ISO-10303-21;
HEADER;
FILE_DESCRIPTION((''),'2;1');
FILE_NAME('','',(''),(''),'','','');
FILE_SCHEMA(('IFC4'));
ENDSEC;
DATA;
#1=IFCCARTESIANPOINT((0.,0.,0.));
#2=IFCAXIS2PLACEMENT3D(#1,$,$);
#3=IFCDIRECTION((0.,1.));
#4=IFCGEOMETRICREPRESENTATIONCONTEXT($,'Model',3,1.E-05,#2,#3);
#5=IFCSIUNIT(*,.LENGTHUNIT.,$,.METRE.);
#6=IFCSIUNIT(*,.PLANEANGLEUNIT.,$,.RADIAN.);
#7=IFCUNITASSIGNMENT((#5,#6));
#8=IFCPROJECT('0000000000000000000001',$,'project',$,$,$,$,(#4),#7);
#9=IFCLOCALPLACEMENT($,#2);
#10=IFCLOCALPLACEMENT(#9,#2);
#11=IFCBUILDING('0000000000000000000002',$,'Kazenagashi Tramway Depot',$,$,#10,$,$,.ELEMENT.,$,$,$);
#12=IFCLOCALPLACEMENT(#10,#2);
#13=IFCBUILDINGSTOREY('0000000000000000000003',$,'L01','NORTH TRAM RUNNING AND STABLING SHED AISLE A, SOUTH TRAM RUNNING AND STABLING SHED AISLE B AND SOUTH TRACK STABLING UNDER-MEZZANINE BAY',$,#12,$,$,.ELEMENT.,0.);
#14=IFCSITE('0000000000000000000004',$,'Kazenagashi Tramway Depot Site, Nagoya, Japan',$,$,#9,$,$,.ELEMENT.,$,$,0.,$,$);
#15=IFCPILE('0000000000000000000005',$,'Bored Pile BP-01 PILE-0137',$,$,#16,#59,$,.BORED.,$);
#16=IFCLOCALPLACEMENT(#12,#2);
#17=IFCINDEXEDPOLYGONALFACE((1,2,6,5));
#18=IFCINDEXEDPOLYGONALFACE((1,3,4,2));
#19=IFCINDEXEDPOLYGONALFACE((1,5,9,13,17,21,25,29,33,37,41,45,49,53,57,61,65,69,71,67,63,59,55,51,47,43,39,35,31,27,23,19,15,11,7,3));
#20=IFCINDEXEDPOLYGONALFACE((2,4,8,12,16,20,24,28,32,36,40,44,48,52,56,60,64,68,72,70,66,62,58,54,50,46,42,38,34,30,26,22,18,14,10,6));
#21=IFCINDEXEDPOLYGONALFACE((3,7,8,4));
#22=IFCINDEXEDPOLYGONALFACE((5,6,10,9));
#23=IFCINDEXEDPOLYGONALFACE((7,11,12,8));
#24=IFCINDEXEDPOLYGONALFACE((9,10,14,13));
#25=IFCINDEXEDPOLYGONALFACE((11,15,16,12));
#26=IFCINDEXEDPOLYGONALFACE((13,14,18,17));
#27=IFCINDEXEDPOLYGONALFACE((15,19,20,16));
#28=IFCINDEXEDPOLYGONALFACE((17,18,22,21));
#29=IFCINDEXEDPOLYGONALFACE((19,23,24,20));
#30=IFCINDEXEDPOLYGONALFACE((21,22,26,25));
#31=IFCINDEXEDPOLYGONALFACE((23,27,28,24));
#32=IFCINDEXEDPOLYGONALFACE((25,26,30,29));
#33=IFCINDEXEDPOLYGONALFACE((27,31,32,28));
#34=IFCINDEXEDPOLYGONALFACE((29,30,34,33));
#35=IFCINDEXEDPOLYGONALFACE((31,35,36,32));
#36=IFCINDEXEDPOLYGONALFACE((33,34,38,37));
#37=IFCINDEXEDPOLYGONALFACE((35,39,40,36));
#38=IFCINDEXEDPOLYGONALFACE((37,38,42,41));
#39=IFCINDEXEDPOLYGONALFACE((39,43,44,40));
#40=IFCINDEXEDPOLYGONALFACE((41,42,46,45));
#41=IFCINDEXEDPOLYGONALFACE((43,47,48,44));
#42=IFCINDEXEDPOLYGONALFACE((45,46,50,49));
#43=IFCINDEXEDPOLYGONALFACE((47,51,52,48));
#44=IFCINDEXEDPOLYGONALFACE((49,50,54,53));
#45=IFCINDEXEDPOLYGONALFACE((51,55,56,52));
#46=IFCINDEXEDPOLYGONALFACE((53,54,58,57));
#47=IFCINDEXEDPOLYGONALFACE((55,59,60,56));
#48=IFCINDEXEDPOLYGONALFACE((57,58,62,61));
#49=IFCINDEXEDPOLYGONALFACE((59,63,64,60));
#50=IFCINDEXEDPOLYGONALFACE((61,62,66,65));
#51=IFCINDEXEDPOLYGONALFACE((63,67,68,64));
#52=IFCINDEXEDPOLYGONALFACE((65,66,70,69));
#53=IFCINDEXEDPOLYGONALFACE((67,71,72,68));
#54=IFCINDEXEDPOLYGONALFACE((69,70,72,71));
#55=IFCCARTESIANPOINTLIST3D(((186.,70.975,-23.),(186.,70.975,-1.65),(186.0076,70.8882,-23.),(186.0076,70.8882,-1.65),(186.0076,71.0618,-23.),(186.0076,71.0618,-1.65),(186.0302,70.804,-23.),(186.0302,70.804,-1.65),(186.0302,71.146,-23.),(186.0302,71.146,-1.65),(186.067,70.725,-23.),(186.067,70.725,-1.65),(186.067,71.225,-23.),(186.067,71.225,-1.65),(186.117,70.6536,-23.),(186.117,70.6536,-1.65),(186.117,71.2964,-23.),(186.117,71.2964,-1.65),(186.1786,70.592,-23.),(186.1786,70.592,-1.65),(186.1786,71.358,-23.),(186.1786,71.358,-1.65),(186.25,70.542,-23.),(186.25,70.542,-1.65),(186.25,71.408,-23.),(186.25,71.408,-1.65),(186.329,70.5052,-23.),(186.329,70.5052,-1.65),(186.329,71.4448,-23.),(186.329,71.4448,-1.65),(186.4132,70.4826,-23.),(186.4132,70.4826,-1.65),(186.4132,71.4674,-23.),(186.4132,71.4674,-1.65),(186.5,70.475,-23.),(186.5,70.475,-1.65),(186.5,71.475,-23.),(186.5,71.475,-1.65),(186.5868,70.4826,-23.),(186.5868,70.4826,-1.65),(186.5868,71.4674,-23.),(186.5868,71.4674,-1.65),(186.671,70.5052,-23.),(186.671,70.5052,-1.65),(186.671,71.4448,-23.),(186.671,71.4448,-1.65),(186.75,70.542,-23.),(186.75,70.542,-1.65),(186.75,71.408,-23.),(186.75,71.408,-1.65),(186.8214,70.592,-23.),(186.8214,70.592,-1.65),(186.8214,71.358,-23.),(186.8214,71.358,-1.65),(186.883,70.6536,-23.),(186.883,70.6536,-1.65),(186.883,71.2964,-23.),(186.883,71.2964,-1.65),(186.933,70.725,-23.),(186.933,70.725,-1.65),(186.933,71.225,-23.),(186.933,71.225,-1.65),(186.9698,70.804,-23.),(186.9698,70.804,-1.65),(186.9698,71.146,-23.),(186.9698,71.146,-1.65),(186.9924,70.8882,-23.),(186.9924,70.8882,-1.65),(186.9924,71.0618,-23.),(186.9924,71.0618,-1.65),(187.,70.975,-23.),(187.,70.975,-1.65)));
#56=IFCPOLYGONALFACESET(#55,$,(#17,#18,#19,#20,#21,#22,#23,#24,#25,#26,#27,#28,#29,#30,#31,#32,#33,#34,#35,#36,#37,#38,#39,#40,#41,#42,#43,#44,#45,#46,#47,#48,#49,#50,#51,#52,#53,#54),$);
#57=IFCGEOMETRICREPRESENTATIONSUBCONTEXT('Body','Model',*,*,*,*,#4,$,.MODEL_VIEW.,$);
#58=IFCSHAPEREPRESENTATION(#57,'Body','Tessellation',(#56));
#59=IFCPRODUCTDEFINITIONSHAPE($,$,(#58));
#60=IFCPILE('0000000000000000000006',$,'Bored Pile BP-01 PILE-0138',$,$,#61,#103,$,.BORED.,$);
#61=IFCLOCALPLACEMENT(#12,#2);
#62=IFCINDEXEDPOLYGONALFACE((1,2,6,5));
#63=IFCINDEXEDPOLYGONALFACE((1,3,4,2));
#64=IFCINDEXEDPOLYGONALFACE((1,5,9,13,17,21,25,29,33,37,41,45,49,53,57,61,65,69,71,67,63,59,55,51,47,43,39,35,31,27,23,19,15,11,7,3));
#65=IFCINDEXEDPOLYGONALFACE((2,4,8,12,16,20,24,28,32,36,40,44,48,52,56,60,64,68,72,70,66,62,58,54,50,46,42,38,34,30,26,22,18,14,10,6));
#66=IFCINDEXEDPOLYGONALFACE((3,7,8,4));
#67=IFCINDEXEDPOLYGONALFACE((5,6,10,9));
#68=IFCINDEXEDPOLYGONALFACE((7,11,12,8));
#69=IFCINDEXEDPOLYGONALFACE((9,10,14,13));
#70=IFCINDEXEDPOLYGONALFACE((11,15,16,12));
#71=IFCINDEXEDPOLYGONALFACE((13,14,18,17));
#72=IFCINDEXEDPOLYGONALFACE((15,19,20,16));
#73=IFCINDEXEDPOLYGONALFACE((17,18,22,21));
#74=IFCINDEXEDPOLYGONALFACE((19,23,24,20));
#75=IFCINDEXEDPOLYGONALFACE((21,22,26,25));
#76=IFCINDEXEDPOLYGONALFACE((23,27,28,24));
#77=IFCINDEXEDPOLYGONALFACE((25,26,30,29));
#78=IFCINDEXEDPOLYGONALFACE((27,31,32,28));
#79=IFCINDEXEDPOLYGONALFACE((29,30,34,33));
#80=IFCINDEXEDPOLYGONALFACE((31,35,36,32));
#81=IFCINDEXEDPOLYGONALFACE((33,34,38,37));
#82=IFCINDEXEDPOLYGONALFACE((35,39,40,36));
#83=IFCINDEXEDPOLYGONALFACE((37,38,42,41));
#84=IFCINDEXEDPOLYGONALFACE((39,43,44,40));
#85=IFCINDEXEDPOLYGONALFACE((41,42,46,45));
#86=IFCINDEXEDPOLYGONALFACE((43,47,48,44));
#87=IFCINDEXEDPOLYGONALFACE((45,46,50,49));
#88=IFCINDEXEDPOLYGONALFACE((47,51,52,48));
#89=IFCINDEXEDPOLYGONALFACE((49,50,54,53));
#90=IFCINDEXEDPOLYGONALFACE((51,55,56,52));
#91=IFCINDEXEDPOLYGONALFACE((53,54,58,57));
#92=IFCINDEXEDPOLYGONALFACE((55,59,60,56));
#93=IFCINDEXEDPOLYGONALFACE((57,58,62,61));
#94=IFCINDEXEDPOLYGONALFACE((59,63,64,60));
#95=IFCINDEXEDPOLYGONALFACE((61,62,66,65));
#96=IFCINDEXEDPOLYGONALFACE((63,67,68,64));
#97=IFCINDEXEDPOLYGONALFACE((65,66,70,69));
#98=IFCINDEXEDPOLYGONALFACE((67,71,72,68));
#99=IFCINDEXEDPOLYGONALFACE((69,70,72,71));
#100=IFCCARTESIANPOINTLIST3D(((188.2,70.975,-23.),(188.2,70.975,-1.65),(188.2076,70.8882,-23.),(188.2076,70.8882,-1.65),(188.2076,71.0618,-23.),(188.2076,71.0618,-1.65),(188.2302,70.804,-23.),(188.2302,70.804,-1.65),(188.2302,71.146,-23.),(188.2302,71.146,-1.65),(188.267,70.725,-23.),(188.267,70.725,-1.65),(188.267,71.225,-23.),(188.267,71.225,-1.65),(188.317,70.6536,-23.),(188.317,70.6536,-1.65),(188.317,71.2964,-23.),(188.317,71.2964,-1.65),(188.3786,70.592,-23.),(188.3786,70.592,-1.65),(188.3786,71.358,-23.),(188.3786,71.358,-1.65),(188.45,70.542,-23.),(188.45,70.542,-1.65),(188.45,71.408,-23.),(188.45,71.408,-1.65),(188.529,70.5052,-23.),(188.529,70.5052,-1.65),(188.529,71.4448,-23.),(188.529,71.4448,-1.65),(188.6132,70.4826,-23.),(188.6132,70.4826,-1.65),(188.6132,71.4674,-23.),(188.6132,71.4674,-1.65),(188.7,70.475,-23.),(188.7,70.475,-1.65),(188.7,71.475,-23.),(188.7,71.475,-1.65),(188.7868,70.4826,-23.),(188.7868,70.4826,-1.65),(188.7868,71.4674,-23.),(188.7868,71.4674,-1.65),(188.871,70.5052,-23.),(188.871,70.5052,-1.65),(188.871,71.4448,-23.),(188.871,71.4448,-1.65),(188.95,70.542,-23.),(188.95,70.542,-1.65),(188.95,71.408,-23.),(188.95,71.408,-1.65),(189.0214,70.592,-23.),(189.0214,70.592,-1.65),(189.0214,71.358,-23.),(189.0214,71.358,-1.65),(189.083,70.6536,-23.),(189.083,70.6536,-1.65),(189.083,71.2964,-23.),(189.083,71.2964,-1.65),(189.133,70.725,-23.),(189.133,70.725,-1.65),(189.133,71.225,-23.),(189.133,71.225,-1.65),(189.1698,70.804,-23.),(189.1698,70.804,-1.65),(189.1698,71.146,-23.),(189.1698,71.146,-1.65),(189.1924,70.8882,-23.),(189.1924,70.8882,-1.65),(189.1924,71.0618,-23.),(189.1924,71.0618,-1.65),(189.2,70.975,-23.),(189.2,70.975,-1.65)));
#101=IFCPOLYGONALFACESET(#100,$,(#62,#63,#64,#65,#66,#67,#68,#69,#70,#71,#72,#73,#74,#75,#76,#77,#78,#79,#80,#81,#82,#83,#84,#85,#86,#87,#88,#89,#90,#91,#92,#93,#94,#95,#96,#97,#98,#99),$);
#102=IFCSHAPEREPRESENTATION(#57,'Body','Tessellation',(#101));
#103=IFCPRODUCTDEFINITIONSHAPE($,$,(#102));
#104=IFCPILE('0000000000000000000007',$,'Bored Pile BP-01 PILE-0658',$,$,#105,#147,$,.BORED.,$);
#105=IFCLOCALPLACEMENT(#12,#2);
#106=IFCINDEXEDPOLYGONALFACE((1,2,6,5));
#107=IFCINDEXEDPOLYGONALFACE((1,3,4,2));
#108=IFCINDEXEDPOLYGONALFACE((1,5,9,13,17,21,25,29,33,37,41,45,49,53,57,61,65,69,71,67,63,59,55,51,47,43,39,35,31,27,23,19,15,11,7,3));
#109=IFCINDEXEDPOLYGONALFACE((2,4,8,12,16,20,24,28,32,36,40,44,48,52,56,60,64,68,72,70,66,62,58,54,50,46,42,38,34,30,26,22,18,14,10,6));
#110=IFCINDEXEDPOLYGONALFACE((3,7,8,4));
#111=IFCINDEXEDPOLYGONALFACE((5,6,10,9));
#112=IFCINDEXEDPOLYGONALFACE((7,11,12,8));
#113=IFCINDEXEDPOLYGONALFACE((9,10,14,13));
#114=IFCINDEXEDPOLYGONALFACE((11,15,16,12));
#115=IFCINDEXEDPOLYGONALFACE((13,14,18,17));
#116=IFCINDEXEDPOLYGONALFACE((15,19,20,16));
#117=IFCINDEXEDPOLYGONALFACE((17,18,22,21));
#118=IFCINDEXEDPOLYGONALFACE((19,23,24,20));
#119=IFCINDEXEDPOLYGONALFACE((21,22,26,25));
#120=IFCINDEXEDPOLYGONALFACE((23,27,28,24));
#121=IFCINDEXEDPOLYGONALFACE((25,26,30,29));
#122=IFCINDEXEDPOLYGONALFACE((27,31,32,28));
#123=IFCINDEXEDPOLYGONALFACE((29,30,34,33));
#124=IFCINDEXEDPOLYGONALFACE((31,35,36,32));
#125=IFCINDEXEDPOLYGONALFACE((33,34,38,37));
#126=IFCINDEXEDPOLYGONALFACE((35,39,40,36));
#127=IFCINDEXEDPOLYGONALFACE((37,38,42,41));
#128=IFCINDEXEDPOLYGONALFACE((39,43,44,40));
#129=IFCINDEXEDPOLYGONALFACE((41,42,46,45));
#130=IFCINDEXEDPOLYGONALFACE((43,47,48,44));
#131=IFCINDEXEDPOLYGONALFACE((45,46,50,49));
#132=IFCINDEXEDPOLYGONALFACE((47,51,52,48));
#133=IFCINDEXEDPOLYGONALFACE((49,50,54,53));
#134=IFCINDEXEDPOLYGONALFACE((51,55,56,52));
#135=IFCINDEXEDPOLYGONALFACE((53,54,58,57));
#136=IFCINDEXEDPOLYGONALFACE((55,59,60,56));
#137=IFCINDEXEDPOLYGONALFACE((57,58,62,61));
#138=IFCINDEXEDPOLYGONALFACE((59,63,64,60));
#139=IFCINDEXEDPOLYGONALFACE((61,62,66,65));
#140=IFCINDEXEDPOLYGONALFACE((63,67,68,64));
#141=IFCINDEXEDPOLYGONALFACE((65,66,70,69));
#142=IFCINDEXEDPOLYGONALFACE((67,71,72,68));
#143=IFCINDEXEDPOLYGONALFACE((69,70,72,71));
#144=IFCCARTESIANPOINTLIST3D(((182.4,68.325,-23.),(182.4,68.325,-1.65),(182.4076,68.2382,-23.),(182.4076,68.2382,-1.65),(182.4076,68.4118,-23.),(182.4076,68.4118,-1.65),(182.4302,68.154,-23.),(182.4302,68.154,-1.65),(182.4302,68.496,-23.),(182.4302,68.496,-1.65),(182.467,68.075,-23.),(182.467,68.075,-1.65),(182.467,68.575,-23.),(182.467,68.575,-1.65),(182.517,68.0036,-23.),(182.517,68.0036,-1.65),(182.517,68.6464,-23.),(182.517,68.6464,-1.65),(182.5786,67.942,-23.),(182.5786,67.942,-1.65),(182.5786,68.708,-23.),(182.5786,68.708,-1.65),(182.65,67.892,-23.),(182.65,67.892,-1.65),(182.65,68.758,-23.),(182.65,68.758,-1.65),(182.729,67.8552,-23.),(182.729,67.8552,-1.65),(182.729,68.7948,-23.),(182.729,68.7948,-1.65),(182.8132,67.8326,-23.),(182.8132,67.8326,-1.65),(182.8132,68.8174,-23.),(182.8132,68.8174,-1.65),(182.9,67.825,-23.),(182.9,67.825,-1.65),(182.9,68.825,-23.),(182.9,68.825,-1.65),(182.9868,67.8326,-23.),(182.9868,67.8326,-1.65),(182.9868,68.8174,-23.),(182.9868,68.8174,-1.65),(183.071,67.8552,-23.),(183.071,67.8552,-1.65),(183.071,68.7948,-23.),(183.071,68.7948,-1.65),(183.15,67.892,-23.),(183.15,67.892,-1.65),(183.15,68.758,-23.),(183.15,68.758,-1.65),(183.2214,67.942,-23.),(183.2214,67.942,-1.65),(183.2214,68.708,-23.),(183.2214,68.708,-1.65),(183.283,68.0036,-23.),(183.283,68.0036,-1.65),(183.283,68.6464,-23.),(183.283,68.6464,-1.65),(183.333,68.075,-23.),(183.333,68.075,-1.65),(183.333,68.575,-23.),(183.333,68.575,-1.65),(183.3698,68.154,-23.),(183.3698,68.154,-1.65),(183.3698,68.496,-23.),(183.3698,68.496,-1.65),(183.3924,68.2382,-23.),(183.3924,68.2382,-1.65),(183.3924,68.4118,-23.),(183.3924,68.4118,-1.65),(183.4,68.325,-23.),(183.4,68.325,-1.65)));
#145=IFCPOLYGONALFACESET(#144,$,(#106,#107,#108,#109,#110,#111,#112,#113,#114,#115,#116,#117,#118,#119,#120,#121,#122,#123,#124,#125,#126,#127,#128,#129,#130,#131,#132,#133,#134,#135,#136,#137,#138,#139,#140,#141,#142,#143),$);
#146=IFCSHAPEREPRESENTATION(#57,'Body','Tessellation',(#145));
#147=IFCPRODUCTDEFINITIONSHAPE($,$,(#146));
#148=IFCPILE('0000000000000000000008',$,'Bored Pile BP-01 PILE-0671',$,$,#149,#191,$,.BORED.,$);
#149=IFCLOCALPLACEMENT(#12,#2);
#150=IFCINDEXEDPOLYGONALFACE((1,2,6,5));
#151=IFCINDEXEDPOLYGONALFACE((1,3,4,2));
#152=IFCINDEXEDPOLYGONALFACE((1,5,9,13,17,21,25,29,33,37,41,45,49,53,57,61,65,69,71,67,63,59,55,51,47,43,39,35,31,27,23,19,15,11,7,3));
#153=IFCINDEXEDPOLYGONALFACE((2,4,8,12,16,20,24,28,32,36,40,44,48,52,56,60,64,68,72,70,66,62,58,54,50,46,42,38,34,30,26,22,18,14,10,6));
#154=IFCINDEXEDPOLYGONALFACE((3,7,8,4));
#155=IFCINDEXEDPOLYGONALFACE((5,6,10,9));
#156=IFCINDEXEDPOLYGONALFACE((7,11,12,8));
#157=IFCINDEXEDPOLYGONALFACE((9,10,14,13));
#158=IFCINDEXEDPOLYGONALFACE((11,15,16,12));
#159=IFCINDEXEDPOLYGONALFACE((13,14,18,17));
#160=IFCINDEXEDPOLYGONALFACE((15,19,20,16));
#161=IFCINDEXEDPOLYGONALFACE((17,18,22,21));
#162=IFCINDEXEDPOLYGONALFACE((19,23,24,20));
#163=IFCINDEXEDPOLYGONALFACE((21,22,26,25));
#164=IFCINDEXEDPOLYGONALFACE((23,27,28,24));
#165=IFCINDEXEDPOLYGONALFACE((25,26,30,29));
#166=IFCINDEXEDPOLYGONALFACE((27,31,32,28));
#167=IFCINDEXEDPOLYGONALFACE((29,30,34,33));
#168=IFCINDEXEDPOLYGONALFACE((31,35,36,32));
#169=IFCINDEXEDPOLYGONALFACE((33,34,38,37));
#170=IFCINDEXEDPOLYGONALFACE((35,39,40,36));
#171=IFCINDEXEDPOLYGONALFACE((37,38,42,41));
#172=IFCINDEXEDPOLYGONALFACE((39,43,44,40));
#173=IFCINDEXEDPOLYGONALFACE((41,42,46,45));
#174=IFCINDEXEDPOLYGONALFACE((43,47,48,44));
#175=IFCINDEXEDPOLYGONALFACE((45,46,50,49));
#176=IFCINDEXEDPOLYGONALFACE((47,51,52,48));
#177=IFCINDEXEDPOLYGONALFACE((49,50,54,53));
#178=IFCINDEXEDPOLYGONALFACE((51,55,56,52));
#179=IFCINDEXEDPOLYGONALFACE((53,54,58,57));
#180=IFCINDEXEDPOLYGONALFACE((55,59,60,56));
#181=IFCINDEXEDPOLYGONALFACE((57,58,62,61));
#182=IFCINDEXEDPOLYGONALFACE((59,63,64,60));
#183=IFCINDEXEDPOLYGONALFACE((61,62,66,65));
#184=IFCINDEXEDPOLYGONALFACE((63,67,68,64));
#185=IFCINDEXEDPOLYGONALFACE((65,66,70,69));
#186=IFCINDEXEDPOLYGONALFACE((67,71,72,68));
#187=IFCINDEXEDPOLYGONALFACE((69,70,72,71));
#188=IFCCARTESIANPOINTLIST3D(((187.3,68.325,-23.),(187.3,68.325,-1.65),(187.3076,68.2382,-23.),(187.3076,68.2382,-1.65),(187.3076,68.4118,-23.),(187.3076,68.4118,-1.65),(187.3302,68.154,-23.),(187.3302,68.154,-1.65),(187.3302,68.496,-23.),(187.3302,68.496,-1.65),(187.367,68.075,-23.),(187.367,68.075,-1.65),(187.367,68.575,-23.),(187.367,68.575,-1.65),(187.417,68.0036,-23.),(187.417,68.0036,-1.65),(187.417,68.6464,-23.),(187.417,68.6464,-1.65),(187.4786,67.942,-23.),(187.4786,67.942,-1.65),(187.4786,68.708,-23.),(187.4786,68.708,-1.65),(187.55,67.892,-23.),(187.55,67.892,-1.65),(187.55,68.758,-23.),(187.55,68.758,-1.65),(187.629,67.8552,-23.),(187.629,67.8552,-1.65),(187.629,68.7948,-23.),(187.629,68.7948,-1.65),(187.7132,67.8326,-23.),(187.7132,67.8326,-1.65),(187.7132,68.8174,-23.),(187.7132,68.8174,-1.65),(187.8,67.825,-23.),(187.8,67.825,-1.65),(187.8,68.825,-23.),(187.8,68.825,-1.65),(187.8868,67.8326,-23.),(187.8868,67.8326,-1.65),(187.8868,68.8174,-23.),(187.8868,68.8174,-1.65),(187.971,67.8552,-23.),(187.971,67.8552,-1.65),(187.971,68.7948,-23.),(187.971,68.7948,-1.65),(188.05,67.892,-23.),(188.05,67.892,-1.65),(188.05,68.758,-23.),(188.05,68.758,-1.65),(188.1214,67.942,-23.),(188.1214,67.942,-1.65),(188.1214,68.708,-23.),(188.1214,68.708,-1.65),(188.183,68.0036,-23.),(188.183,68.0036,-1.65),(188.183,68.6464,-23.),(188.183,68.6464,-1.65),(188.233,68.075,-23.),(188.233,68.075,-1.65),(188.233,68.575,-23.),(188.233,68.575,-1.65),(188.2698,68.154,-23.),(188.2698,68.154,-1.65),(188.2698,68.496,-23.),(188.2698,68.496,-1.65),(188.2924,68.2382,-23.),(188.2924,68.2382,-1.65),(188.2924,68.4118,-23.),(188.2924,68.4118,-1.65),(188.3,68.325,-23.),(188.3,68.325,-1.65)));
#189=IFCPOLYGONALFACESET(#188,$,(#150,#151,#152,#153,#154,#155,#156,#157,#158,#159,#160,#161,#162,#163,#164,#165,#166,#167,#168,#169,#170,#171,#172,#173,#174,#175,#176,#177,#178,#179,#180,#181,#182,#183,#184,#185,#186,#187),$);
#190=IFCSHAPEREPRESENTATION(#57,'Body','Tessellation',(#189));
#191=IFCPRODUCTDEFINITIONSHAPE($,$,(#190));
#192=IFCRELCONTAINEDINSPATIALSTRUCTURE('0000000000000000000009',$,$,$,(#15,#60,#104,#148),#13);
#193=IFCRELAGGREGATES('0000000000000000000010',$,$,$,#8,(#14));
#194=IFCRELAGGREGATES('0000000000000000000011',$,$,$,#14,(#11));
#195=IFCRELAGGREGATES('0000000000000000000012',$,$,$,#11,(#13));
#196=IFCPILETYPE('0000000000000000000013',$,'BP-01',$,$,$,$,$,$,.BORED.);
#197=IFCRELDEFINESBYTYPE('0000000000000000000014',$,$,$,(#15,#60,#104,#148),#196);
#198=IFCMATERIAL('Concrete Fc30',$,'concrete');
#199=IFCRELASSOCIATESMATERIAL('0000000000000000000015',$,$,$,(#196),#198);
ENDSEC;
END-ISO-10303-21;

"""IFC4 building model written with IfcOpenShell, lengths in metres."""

from ifc_helpers import new_model, si_unit, direction, frame, origin, origin_2d, place, context, subcontext, project, spatial, circle, extrude, material, material_profile, profile_set, type_object, element, save


model = new_model("IFC4")

# Units and contexts
model_context = context("Model", 3, precision=1e-05, world=origin(), true_north=direction((0.0, 1.0)))
body_context = subcontext(model_context, "Body", "Model", "MODEL_VIEW")
ifc_project = project(units=[si_unit("LENGTHUNIT", "METRE"), si_unit("PLANEANGLEUNIT", "RADIAN")], contexts=[model_context])

# Site, building, storey
site_placement = place(None, origin())
site = spatial("IfcSite", under=ifc_project, at=site_placement, Name="Kazenagashi Tramway Depot Site, Nagoya, Japan", CompositionType="ELEMENT", RefElevation=0.0)
building_placement = place(site_placement, origin())
building = spatial("IfcBuilding", under=site, at=building_placement, Name="Kazenagashi Tramway Depot", CompositionType="ELEMENT")
storey_placement = place(building_placement, origin())
storey = spatial("IfcBuildingStorey", under=building, at=storey_placement, Name="L01", Description="NORTH TRAM RUNNING AND STABLING SHED AISLE A, SOUTH TRAM RUNNING AND STABLING SHED AISLE B AND SOUTH TRACK STABLING UNDER-MEZZANINE BAY", CompositionType="ELEMENT", Elevation=0.0)

# Piles
ifc_material_1 = material(Name="Concrete Fc30", Category="concrete")
ifc_material_profile_1 = material_profile(ifc_material_1, circle(Radius=0.5, at=origin_2d()), Name="PILE-1000")
ifc_profile_set_1 = profile_set([ifc_material_profile_1], Name="Concrete Fc30")
pile_type = type_object("IfcPileType", Name="BP-01", PredefinedType="BORED", material=ifc_profile_set_1)
for number, where, z_axis, x_axis, name in (
    (1, (186.5, 70.975, -1.65), (0.0, 0.0, -1.0), (1.0, 0.0, 0.0), "Bored Pile BP-01 PILE-0137"),
    (2, (188.7, 70.975, -1.65), (0.0, 0.0, -1.0), (1.0, 0.0, 0.0), "Bored Pile BP-01 PILE-0138"),
    (3, (182.9, 68.325, -1.65), (0.0, 0.0, -1.0), (1.0, 0.0, 0.0), "Bored Pile BP-01 PILE-0658"),
    (4, (187.8, 68.325, -1.65), (0.0, 0.0, -1.0), (1.0, 0.0, 0.0), "Bored Pile BP-01 PILE-0671"),
):
    element("IfcPile", number, at=place(storey_placement, frame(where, z_axis=z_axis, x_axis=x_axis)), inside=storey, type_object=pile_type, Name=name, PredefinedType="BORED", context=body_context, shape_type="SweptSolid", body=[
        extrude(circle(Radius=0.5, at=origin_2d()), origin(), (0.0, 0.0, 1.0), 21.35),
    ])

save(model, "model.ifc")
